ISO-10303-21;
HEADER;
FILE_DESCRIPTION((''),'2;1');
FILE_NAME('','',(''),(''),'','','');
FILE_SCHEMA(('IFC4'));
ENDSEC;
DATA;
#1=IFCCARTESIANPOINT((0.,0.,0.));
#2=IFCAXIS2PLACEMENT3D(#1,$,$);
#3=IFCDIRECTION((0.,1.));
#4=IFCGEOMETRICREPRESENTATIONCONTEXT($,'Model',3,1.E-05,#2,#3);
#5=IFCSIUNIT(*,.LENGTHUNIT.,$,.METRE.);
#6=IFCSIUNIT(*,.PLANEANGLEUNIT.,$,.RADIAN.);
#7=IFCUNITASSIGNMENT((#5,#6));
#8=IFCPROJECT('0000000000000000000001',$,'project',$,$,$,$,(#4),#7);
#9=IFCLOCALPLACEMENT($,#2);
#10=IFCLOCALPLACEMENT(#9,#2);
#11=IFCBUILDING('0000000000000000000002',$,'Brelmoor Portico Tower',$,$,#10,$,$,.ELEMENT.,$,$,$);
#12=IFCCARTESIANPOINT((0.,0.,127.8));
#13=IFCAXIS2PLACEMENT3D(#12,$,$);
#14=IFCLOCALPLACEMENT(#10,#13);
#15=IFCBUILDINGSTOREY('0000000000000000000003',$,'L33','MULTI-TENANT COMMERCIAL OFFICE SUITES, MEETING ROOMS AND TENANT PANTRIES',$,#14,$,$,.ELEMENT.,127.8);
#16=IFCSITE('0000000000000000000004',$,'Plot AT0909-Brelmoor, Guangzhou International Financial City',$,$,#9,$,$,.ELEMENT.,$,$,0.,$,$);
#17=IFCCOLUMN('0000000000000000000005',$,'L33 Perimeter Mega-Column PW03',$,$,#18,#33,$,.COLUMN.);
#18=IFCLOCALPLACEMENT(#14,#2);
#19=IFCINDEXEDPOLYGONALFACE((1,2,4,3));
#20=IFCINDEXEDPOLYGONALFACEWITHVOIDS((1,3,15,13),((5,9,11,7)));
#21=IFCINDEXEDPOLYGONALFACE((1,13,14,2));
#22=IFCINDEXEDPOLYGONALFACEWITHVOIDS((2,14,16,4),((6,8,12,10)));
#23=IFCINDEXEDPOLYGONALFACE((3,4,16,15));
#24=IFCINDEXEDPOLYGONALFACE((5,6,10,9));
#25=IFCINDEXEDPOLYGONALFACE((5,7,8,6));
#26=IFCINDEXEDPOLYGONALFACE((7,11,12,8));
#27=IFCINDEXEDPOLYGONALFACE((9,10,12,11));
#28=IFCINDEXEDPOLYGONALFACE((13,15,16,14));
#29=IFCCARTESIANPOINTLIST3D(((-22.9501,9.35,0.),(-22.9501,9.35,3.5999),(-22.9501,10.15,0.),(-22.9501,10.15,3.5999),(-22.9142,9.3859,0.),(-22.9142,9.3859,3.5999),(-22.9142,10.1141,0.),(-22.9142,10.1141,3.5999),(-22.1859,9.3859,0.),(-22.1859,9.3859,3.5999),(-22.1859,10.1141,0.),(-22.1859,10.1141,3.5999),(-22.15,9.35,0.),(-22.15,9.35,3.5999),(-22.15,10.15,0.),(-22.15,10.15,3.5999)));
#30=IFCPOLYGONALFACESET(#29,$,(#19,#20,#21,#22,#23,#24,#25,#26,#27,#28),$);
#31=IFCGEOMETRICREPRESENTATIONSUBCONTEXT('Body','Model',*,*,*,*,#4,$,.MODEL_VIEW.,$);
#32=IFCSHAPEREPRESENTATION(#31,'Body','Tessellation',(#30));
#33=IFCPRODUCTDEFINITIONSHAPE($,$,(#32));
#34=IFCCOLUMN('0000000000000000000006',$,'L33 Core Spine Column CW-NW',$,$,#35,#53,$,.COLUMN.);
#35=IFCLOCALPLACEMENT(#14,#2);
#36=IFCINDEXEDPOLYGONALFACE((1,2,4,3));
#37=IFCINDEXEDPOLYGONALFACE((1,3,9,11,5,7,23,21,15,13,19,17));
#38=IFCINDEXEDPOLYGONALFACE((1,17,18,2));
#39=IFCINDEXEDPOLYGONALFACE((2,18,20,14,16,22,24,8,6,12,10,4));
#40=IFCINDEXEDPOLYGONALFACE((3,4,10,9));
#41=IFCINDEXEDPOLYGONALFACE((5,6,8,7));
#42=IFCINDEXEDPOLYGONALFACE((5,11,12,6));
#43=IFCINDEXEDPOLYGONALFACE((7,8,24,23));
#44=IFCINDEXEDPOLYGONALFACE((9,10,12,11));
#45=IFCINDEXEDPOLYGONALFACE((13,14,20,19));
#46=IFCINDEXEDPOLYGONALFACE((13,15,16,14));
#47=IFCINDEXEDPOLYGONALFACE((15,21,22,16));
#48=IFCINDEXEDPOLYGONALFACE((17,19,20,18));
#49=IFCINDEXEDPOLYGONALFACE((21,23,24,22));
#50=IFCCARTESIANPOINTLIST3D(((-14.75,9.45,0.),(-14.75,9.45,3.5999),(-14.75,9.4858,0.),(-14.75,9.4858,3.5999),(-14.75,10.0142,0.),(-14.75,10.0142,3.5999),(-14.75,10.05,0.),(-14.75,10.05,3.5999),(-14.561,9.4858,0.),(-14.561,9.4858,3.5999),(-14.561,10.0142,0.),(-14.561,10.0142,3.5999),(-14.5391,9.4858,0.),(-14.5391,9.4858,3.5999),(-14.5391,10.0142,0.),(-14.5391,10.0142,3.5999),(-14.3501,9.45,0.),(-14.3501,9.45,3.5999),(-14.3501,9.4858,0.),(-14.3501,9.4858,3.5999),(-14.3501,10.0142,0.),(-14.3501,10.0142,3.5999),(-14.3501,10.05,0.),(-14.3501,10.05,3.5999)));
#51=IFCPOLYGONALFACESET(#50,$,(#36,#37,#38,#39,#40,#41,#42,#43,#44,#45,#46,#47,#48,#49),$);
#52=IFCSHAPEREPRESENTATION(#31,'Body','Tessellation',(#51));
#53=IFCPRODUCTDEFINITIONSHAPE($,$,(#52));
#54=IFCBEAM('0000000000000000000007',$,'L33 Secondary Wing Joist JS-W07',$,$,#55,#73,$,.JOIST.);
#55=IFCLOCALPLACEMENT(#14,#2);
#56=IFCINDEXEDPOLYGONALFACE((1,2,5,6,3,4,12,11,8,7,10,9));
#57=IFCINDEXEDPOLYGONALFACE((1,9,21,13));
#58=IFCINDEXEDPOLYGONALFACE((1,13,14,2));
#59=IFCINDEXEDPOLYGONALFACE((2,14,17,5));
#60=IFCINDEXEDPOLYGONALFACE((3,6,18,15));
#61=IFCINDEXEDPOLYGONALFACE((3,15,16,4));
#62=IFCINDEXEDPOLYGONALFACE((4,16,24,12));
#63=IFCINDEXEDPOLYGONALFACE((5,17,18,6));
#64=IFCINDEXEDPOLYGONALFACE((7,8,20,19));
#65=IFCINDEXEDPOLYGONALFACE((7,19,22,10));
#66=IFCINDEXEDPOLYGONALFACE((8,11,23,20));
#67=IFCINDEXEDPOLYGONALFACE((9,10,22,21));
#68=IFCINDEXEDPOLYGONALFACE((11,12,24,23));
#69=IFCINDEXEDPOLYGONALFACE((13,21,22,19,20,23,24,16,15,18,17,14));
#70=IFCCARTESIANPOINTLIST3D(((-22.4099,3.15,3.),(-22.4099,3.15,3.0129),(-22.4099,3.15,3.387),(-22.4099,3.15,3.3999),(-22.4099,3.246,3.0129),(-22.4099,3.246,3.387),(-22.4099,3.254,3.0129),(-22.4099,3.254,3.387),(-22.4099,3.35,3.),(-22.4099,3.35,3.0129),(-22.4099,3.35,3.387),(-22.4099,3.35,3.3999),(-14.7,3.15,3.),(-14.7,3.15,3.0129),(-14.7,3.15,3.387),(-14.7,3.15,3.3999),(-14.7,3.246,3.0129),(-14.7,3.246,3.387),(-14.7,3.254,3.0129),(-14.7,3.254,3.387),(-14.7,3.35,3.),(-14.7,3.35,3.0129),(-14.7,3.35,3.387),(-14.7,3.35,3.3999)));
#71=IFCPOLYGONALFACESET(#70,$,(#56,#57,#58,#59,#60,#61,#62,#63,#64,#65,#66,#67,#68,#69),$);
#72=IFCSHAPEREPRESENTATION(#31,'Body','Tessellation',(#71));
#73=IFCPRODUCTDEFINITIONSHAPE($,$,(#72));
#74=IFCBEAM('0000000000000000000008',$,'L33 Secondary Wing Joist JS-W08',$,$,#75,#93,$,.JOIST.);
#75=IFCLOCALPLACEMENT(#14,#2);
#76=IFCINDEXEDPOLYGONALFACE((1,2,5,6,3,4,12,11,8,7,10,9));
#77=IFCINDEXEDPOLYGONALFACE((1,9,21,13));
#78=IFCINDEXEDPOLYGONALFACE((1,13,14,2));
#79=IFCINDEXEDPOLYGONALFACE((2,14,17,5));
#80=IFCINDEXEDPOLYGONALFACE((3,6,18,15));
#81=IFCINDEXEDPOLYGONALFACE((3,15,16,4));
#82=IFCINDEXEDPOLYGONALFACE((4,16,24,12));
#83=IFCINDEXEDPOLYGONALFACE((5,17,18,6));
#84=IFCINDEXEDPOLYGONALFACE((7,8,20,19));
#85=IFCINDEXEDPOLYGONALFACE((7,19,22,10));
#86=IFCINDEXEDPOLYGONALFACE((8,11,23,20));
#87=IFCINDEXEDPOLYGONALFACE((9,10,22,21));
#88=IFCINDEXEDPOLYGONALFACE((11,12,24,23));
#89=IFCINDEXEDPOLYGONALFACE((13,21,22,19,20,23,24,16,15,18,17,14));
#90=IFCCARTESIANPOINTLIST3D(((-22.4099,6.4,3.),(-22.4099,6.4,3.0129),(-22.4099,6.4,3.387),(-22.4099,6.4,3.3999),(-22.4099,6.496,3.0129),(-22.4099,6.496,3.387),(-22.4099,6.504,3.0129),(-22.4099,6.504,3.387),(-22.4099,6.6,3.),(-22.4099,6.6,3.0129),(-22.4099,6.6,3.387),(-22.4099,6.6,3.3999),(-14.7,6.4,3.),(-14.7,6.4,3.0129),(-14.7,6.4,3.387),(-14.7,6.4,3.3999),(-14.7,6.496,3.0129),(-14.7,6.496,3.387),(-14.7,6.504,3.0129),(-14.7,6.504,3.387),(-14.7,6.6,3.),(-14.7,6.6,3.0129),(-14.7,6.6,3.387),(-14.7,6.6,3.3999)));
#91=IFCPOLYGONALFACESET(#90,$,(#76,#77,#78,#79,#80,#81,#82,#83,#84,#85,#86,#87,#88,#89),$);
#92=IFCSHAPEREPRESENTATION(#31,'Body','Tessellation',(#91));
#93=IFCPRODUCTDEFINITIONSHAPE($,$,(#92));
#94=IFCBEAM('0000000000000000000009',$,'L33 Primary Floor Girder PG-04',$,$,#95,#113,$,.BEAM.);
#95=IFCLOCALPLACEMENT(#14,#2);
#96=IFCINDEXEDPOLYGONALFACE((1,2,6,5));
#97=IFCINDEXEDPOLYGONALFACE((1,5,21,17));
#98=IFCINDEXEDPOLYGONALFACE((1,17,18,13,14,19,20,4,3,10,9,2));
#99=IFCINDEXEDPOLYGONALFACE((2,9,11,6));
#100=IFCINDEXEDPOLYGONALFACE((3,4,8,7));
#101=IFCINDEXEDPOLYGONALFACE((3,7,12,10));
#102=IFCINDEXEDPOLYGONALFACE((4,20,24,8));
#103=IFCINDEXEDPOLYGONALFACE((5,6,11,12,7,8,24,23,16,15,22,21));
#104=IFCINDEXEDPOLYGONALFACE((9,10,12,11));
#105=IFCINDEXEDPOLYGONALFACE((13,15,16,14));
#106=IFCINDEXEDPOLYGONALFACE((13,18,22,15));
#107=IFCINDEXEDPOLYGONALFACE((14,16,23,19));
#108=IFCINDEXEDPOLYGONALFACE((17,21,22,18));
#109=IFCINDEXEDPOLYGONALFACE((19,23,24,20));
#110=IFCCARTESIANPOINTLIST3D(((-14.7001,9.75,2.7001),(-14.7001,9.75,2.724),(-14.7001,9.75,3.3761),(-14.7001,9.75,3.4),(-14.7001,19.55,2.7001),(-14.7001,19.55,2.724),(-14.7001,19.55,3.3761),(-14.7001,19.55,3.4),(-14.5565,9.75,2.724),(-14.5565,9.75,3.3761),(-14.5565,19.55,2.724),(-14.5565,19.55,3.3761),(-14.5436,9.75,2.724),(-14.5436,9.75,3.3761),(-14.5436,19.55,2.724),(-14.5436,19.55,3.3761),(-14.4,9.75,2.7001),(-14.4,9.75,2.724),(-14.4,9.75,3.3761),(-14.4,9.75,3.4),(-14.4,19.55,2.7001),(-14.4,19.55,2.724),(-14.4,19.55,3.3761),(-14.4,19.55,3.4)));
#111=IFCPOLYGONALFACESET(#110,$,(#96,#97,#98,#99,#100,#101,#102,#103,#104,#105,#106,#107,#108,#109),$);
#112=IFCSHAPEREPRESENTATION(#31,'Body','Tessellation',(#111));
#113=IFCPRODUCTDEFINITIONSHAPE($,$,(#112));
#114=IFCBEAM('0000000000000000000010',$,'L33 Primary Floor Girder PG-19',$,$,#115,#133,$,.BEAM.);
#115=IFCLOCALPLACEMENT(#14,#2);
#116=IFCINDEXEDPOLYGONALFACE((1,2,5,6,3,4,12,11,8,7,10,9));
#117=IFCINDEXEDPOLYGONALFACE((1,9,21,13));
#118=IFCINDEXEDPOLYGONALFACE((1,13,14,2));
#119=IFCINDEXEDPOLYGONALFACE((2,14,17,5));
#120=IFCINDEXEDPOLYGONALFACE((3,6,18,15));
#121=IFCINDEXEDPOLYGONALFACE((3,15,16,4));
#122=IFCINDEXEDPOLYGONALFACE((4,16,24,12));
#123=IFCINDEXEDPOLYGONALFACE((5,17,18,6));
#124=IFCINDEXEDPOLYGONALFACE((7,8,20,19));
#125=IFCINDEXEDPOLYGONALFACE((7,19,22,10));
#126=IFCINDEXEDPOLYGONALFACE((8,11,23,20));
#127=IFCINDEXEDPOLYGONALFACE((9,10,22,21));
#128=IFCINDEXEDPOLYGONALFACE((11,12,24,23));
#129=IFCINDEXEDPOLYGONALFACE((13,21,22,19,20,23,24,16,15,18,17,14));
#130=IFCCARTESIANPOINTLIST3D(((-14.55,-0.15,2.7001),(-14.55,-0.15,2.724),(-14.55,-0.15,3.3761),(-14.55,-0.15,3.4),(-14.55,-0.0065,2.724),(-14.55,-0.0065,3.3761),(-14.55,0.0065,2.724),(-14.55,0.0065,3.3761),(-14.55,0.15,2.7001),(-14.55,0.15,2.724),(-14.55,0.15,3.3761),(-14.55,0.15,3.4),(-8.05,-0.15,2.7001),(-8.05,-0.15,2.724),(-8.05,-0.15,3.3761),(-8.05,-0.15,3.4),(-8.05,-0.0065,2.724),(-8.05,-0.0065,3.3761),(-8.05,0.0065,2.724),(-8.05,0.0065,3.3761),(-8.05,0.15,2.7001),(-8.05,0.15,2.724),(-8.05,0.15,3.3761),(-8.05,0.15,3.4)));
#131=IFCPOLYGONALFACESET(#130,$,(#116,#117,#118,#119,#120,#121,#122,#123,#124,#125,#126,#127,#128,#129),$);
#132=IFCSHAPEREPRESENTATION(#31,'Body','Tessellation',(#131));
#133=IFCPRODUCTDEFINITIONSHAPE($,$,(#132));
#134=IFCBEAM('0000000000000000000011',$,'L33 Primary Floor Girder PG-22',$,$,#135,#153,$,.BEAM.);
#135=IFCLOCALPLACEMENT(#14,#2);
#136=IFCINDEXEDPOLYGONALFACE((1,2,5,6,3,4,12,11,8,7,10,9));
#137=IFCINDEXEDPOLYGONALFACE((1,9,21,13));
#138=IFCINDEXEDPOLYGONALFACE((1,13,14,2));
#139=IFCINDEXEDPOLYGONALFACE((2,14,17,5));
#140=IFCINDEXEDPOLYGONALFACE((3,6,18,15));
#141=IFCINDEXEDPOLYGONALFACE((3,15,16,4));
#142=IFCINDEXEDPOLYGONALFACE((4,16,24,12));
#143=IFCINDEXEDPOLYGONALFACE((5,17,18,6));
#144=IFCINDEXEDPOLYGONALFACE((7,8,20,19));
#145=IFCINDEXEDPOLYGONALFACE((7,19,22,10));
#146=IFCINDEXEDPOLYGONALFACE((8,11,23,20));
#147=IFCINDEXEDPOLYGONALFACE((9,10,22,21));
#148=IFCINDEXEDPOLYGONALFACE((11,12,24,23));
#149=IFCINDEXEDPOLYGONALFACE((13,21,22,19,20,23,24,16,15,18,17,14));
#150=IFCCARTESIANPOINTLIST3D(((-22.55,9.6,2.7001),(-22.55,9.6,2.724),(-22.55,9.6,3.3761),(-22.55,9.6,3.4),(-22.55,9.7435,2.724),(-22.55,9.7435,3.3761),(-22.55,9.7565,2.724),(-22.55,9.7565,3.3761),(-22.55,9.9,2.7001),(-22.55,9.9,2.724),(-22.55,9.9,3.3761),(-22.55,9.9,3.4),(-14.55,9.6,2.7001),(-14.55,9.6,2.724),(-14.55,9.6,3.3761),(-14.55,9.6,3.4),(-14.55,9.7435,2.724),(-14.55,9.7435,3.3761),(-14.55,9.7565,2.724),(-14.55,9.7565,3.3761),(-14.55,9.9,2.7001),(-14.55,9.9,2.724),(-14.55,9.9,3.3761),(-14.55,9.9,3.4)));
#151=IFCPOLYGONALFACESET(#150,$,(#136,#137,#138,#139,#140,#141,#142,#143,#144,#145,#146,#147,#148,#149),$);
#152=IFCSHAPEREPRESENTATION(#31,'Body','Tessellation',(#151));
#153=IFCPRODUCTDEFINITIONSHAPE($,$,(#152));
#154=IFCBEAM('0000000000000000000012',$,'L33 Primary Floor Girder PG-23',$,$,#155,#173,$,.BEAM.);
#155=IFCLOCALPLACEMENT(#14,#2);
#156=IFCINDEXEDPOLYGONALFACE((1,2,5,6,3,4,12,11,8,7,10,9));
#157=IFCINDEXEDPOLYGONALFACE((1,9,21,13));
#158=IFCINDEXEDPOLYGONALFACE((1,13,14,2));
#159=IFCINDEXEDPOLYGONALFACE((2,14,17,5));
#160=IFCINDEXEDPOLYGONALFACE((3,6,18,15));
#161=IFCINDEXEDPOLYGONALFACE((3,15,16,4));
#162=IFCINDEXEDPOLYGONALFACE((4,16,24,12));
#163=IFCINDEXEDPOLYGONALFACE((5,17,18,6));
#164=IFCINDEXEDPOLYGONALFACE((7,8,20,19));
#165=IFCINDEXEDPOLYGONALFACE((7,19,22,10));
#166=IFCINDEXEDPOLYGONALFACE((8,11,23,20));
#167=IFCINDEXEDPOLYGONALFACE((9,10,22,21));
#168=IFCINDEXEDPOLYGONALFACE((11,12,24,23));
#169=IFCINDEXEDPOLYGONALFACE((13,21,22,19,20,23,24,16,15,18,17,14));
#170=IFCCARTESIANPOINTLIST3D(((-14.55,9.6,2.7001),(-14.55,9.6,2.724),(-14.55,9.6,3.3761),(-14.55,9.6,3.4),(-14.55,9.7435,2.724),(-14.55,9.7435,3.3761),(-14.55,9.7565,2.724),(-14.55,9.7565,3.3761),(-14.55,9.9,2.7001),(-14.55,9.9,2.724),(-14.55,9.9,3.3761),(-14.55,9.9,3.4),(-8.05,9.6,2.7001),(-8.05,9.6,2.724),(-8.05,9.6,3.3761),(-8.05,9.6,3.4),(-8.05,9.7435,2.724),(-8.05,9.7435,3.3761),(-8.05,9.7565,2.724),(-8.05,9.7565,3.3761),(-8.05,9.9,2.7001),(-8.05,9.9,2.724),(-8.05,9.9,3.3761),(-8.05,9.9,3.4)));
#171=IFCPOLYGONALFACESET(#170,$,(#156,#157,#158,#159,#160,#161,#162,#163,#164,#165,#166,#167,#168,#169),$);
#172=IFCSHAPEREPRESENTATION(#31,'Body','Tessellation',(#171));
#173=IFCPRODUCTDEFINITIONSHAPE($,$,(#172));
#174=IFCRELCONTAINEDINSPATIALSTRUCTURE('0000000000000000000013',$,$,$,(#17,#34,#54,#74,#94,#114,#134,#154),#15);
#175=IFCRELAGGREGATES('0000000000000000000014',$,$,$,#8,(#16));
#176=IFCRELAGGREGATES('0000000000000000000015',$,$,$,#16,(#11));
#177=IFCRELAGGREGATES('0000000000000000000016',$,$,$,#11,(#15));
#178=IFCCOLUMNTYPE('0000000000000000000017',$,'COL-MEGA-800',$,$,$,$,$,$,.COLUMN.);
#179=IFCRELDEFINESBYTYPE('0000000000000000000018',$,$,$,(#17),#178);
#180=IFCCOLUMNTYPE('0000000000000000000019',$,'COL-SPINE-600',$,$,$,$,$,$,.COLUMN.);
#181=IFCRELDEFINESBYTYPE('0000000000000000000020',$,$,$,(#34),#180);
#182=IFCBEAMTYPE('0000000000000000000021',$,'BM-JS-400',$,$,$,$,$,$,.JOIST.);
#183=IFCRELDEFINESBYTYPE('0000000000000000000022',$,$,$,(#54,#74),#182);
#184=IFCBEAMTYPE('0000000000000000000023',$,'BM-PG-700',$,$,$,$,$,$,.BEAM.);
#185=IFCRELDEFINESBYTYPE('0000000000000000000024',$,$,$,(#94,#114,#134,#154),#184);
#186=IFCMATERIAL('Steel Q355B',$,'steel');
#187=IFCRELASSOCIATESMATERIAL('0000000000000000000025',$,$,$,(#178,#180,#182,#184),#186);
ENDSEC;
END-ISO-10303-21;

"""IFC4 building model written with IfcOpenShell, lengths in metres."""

from ifc_helpers import new_model, si_unit, direction, frame, origin, origin_2d, place, context, subcontext, project, spatial, hollow_rectangle, i_section, extrude, material, material_profile, profile_set, type_object, element, save


model = new_model("IFC4")

# Units and contexts
model_context = context("Model", 3, precision=1e-05, world=origin(), true_north=direction((0.0, 1.0)))
body_context = subcontext(model_context, "Body", "Model", "MODEL_VIEW")
ifc_project = project(units=[si_unit("LENGTHUNIT", "METRE"), si_unit("PLANEANGLEUNIT", "RADIAN")], contexts=[model_context])

# Site, building, storey
site_placement = place(None, origin())
site = spatial("IfcSite", under=ifc_project, at=site_placement, Name="Plot AT0909-Brelmoor, Guangzhou International Financial City", CompositionType="ELEMENT", RefElevation=0.0)
building_placement = place(site_placement, origin())
building = spatial("IfcBuilding", under=site, at=building_placement, Name="Brelmoor Portico Tower", CompositionType="ELEMENT")
storey_placement = place(building_placement, frame((0.0, 0.0, 127.8)))
storey = spatial("IfcBuildingStorey", under=building, at=storey_placement, Name="L33", Description="MULTI-TENANT COMMERCIAL OFFICE SUITES, MEETING ROOMS AND TENANT PANTRIES", CompositionType="ELEMENT", Elevation=127.8)

# Columns
ifc_material_1 = material(Name="Steel Q355B", Category="steel")
ifc_material_profile_1 = material_profile(ifc_material_1, hollow_rectangle(XDim=0.8, YDim=0.8, WallThickness=0.0359, at=origin_2d()), Name="BOX 800x800x36")
ifc_profile_set_1 = profile_set([ifc_material_profile_1], Name="Steel Q355B")
column_type_1 = type_object("IfcColumnType", Name="COL-MEGA-800", PredefinedType="COLUMN", material=ifc_profile_set_1)
column_1_placement = place(storey_placement, frame((-22.55, 9.75, 0.0), z_axis=(0.0, 0.0, 1.0), x_axis=(0.0, 1.0, 0.0)))
element("IfcColumn", 1, at=column_1_placement, inside=storey, type_object=column_type_1, Name="L33 Perimeter Mega-Column PW03", PredefinedType="COLUMN", context=body_context, shape_type="SweptSolid", body=[
    extrude(hollow_rectangle(XDim=0.8, YDim=0.8, WallThickness=0.0359, at=origin_2d()), origin(), (0.0, 0.0, 1.0), 3.5999),
])
ifc_material_profile_2 = material_profile(ifc_material_1, i_section(OverallWidth=0.3999, OverallDepth=0.6001, WebThickness=0.022, FlangeThickness=0.0359, at=origin_2d()), Name="HW 600x400x22x36")
ifc_profile_set_2 = profile_set([ifc_material_profile_2], Name="Steel Q355B")
column_type_2 = type_object("IfcColumnType", Name="COL-SPINE-600", PredefinedType="COLUMN", material=ifc_profile_set_2)
column_2_placement = place(storey_placement, frame((-14.55, 9.75, 0.0), z_axis=(0.0, 0.0, 1.0), x_axis=(1.0, 0.0, 0.0)))
element("IfcColumn", 2, at=column_2_placement, inside=storey, type_object=column_type_2, Name="L33 Core Spine Column CW-NW", PredefinedType="COLUMN", context=body_context, shape_type="SweptSolid", body=[
    extrude(i_section(OverallWidth=0.3999, OverallDepth=0.6001, WebThickness=0.022, FlangeThickness=0.0359, at=origin_2d()), origin(), (0.0, 0.0, 1.0), 3.5999),
])

# Beams
ifc_material_profile_3 = material_profile(ifc_material_1, i_section(OverallWidth=0.2, OverallDepth=0.3999, WebThickness=0.0081, FlangeThickness=0.0129, at=origin_2d()), Name="HN 400x200x8x13")
ifc_profile_set_3 = profile_set([ifc_material_profile_3], Name="Steel Q355B")
beam_type_1 = type_object("IfcBeamType", Name="BM-JS-400", PredefinedType="JOIST", material=ifc_profile_set_3)
for number, where, z_axis, x_axis, name in (
    (3, (-22.4099, 3.25, 3.2), (1.0, 0.0, 0.0), (0.0, 1.0, 0.0), "L33 Secondary Wing Joist JS-W07"),
    (4, (-22.4099, 6.5, 3.2), (1.0, 0.0, 0.0), (0.0, 1.0, 0.0), "L33 Secondary Wing Joist JS-W08"),
):
    element("IfcBeam", number, at=place(storey_placement, frame(where, z_axis=z_axis, x_axis=x_axis)), inside=storey, type_object=beam_type_1, Name=name, PredefinedType="JOIST", context=body_context, shape_type="SweptSolid", body=[
        extrude(i_section(OverallWidth=0.2, OverallDepth=0.3999, WebThickness=0.0081, FlangeThickness=0.0129, at=origin_2d()), origin(), (0.0, 0.0, 1.0), 7.71),
    ])
ifc_material_profile_4 = material_profile(ifc_material_1, i_section(OverallWidth=0.3, OverallDepth=0.7, WebThickness=0.0129, FlangeThickness=0.0239, at=origin_2d()), Name="HN 700x300x13x24")
ifc_profile_set_4 = profile_set([ifc_material_profile_4], Name="Steel Q355B")
beam_type_2 = type_object("IfcBeamType", Name="BM-PG-700", PredefinedType="BEAM", material=ifc_profile_set_4)
beam_1_placement = place(storey_placement, frame((-14.55, 9.75, 3.05), z_axis=(0.0, 1.0, 0.0), x_axis=(-1.0, 0.0, 0.0)))
element("IfcBeam", 5, at=beam_1_placement, inside=storey, type_object=beam_type_2, Name="L33 Primary Floor Girder PG-04", PredefinedType="BEAM", context=body_context, shape_type="SweptSolid", body=[
    extrude(i_section(OverallWidth=0.3, OverallDepth=0.7, WebThickness=0.0129, FlangeThickness=0.0239, at=origin_2d()), origin(), (0.0, 0.0, 1.0), 9.8),
])
beam_2_placement = place(storey_placement, frame((-14.55, 0.0, 3.05), z_axis=(1.0, 0.0, 0.0), x_axis=(0.0, 1.0, 0.0)))
element("IfcBeam", 6, at=beam_2_placement, inside=storey, type_object=beam_type_2, Name="L33 Primary Floor Girder PG-19", PredefinedType="BEAM", context=body_context, shape_type="SweptSolid", body=[
    extrude(i_section(OverallWidth=0.3, OverallDepth=0.7, WebThickness=0.0129, FlangeThickness=0.0239, at=origin_2d()), origin(), (0.0, 0.0, 1.0), 6.5),
])
beam_3_placement = place(storey_placement, frame((-22.55, 9.75, 3.05), z_axis=(1.0, 0.0, 0.0), x_axis=(0.0, 1.0, 0.0)))
element("IfcBeam", 7, at=beam_3_placement, inside=storey, type_object=beam_type_2, Name="L33 Primary Floor Girder PG-22", PredefinedType="BEAM", context=body_context, shape_type="SweptSolid", body=[
    extrude(i_section(OverallWidth=0.3, OverallDepth=0.7, WebThickness=0.0129, FlangeThickness=0.0239, at=origin_2d()), origin(), (0.0, 0.0, 1.0), 8.0),
])
beam_4_placement = place(storey_placement, frame((-14.55, 9.75, 3.05), z_axis=(1.0, 0.0, 0.0), x_axis=(0.0, 1.0, 0.0)))
element("IfcBeam", 8, at=beam_4_placement, inside=storey, type_object=beam_type_2, Name="L33 Primary Floor Girder PG-23", PredefinedType="BEAM", context=body_context, shape_type="SweptSolid", body=[
    extrude(i_section(OverallWidth=0.3, OverallDepth=0.7, WebThickness=0.0129, FlangeThickness=0.0239, at=origin_2d()), origin(), (0.0, 0.0, 1.0), 6.5),
])

save(model, "model.ifc")
